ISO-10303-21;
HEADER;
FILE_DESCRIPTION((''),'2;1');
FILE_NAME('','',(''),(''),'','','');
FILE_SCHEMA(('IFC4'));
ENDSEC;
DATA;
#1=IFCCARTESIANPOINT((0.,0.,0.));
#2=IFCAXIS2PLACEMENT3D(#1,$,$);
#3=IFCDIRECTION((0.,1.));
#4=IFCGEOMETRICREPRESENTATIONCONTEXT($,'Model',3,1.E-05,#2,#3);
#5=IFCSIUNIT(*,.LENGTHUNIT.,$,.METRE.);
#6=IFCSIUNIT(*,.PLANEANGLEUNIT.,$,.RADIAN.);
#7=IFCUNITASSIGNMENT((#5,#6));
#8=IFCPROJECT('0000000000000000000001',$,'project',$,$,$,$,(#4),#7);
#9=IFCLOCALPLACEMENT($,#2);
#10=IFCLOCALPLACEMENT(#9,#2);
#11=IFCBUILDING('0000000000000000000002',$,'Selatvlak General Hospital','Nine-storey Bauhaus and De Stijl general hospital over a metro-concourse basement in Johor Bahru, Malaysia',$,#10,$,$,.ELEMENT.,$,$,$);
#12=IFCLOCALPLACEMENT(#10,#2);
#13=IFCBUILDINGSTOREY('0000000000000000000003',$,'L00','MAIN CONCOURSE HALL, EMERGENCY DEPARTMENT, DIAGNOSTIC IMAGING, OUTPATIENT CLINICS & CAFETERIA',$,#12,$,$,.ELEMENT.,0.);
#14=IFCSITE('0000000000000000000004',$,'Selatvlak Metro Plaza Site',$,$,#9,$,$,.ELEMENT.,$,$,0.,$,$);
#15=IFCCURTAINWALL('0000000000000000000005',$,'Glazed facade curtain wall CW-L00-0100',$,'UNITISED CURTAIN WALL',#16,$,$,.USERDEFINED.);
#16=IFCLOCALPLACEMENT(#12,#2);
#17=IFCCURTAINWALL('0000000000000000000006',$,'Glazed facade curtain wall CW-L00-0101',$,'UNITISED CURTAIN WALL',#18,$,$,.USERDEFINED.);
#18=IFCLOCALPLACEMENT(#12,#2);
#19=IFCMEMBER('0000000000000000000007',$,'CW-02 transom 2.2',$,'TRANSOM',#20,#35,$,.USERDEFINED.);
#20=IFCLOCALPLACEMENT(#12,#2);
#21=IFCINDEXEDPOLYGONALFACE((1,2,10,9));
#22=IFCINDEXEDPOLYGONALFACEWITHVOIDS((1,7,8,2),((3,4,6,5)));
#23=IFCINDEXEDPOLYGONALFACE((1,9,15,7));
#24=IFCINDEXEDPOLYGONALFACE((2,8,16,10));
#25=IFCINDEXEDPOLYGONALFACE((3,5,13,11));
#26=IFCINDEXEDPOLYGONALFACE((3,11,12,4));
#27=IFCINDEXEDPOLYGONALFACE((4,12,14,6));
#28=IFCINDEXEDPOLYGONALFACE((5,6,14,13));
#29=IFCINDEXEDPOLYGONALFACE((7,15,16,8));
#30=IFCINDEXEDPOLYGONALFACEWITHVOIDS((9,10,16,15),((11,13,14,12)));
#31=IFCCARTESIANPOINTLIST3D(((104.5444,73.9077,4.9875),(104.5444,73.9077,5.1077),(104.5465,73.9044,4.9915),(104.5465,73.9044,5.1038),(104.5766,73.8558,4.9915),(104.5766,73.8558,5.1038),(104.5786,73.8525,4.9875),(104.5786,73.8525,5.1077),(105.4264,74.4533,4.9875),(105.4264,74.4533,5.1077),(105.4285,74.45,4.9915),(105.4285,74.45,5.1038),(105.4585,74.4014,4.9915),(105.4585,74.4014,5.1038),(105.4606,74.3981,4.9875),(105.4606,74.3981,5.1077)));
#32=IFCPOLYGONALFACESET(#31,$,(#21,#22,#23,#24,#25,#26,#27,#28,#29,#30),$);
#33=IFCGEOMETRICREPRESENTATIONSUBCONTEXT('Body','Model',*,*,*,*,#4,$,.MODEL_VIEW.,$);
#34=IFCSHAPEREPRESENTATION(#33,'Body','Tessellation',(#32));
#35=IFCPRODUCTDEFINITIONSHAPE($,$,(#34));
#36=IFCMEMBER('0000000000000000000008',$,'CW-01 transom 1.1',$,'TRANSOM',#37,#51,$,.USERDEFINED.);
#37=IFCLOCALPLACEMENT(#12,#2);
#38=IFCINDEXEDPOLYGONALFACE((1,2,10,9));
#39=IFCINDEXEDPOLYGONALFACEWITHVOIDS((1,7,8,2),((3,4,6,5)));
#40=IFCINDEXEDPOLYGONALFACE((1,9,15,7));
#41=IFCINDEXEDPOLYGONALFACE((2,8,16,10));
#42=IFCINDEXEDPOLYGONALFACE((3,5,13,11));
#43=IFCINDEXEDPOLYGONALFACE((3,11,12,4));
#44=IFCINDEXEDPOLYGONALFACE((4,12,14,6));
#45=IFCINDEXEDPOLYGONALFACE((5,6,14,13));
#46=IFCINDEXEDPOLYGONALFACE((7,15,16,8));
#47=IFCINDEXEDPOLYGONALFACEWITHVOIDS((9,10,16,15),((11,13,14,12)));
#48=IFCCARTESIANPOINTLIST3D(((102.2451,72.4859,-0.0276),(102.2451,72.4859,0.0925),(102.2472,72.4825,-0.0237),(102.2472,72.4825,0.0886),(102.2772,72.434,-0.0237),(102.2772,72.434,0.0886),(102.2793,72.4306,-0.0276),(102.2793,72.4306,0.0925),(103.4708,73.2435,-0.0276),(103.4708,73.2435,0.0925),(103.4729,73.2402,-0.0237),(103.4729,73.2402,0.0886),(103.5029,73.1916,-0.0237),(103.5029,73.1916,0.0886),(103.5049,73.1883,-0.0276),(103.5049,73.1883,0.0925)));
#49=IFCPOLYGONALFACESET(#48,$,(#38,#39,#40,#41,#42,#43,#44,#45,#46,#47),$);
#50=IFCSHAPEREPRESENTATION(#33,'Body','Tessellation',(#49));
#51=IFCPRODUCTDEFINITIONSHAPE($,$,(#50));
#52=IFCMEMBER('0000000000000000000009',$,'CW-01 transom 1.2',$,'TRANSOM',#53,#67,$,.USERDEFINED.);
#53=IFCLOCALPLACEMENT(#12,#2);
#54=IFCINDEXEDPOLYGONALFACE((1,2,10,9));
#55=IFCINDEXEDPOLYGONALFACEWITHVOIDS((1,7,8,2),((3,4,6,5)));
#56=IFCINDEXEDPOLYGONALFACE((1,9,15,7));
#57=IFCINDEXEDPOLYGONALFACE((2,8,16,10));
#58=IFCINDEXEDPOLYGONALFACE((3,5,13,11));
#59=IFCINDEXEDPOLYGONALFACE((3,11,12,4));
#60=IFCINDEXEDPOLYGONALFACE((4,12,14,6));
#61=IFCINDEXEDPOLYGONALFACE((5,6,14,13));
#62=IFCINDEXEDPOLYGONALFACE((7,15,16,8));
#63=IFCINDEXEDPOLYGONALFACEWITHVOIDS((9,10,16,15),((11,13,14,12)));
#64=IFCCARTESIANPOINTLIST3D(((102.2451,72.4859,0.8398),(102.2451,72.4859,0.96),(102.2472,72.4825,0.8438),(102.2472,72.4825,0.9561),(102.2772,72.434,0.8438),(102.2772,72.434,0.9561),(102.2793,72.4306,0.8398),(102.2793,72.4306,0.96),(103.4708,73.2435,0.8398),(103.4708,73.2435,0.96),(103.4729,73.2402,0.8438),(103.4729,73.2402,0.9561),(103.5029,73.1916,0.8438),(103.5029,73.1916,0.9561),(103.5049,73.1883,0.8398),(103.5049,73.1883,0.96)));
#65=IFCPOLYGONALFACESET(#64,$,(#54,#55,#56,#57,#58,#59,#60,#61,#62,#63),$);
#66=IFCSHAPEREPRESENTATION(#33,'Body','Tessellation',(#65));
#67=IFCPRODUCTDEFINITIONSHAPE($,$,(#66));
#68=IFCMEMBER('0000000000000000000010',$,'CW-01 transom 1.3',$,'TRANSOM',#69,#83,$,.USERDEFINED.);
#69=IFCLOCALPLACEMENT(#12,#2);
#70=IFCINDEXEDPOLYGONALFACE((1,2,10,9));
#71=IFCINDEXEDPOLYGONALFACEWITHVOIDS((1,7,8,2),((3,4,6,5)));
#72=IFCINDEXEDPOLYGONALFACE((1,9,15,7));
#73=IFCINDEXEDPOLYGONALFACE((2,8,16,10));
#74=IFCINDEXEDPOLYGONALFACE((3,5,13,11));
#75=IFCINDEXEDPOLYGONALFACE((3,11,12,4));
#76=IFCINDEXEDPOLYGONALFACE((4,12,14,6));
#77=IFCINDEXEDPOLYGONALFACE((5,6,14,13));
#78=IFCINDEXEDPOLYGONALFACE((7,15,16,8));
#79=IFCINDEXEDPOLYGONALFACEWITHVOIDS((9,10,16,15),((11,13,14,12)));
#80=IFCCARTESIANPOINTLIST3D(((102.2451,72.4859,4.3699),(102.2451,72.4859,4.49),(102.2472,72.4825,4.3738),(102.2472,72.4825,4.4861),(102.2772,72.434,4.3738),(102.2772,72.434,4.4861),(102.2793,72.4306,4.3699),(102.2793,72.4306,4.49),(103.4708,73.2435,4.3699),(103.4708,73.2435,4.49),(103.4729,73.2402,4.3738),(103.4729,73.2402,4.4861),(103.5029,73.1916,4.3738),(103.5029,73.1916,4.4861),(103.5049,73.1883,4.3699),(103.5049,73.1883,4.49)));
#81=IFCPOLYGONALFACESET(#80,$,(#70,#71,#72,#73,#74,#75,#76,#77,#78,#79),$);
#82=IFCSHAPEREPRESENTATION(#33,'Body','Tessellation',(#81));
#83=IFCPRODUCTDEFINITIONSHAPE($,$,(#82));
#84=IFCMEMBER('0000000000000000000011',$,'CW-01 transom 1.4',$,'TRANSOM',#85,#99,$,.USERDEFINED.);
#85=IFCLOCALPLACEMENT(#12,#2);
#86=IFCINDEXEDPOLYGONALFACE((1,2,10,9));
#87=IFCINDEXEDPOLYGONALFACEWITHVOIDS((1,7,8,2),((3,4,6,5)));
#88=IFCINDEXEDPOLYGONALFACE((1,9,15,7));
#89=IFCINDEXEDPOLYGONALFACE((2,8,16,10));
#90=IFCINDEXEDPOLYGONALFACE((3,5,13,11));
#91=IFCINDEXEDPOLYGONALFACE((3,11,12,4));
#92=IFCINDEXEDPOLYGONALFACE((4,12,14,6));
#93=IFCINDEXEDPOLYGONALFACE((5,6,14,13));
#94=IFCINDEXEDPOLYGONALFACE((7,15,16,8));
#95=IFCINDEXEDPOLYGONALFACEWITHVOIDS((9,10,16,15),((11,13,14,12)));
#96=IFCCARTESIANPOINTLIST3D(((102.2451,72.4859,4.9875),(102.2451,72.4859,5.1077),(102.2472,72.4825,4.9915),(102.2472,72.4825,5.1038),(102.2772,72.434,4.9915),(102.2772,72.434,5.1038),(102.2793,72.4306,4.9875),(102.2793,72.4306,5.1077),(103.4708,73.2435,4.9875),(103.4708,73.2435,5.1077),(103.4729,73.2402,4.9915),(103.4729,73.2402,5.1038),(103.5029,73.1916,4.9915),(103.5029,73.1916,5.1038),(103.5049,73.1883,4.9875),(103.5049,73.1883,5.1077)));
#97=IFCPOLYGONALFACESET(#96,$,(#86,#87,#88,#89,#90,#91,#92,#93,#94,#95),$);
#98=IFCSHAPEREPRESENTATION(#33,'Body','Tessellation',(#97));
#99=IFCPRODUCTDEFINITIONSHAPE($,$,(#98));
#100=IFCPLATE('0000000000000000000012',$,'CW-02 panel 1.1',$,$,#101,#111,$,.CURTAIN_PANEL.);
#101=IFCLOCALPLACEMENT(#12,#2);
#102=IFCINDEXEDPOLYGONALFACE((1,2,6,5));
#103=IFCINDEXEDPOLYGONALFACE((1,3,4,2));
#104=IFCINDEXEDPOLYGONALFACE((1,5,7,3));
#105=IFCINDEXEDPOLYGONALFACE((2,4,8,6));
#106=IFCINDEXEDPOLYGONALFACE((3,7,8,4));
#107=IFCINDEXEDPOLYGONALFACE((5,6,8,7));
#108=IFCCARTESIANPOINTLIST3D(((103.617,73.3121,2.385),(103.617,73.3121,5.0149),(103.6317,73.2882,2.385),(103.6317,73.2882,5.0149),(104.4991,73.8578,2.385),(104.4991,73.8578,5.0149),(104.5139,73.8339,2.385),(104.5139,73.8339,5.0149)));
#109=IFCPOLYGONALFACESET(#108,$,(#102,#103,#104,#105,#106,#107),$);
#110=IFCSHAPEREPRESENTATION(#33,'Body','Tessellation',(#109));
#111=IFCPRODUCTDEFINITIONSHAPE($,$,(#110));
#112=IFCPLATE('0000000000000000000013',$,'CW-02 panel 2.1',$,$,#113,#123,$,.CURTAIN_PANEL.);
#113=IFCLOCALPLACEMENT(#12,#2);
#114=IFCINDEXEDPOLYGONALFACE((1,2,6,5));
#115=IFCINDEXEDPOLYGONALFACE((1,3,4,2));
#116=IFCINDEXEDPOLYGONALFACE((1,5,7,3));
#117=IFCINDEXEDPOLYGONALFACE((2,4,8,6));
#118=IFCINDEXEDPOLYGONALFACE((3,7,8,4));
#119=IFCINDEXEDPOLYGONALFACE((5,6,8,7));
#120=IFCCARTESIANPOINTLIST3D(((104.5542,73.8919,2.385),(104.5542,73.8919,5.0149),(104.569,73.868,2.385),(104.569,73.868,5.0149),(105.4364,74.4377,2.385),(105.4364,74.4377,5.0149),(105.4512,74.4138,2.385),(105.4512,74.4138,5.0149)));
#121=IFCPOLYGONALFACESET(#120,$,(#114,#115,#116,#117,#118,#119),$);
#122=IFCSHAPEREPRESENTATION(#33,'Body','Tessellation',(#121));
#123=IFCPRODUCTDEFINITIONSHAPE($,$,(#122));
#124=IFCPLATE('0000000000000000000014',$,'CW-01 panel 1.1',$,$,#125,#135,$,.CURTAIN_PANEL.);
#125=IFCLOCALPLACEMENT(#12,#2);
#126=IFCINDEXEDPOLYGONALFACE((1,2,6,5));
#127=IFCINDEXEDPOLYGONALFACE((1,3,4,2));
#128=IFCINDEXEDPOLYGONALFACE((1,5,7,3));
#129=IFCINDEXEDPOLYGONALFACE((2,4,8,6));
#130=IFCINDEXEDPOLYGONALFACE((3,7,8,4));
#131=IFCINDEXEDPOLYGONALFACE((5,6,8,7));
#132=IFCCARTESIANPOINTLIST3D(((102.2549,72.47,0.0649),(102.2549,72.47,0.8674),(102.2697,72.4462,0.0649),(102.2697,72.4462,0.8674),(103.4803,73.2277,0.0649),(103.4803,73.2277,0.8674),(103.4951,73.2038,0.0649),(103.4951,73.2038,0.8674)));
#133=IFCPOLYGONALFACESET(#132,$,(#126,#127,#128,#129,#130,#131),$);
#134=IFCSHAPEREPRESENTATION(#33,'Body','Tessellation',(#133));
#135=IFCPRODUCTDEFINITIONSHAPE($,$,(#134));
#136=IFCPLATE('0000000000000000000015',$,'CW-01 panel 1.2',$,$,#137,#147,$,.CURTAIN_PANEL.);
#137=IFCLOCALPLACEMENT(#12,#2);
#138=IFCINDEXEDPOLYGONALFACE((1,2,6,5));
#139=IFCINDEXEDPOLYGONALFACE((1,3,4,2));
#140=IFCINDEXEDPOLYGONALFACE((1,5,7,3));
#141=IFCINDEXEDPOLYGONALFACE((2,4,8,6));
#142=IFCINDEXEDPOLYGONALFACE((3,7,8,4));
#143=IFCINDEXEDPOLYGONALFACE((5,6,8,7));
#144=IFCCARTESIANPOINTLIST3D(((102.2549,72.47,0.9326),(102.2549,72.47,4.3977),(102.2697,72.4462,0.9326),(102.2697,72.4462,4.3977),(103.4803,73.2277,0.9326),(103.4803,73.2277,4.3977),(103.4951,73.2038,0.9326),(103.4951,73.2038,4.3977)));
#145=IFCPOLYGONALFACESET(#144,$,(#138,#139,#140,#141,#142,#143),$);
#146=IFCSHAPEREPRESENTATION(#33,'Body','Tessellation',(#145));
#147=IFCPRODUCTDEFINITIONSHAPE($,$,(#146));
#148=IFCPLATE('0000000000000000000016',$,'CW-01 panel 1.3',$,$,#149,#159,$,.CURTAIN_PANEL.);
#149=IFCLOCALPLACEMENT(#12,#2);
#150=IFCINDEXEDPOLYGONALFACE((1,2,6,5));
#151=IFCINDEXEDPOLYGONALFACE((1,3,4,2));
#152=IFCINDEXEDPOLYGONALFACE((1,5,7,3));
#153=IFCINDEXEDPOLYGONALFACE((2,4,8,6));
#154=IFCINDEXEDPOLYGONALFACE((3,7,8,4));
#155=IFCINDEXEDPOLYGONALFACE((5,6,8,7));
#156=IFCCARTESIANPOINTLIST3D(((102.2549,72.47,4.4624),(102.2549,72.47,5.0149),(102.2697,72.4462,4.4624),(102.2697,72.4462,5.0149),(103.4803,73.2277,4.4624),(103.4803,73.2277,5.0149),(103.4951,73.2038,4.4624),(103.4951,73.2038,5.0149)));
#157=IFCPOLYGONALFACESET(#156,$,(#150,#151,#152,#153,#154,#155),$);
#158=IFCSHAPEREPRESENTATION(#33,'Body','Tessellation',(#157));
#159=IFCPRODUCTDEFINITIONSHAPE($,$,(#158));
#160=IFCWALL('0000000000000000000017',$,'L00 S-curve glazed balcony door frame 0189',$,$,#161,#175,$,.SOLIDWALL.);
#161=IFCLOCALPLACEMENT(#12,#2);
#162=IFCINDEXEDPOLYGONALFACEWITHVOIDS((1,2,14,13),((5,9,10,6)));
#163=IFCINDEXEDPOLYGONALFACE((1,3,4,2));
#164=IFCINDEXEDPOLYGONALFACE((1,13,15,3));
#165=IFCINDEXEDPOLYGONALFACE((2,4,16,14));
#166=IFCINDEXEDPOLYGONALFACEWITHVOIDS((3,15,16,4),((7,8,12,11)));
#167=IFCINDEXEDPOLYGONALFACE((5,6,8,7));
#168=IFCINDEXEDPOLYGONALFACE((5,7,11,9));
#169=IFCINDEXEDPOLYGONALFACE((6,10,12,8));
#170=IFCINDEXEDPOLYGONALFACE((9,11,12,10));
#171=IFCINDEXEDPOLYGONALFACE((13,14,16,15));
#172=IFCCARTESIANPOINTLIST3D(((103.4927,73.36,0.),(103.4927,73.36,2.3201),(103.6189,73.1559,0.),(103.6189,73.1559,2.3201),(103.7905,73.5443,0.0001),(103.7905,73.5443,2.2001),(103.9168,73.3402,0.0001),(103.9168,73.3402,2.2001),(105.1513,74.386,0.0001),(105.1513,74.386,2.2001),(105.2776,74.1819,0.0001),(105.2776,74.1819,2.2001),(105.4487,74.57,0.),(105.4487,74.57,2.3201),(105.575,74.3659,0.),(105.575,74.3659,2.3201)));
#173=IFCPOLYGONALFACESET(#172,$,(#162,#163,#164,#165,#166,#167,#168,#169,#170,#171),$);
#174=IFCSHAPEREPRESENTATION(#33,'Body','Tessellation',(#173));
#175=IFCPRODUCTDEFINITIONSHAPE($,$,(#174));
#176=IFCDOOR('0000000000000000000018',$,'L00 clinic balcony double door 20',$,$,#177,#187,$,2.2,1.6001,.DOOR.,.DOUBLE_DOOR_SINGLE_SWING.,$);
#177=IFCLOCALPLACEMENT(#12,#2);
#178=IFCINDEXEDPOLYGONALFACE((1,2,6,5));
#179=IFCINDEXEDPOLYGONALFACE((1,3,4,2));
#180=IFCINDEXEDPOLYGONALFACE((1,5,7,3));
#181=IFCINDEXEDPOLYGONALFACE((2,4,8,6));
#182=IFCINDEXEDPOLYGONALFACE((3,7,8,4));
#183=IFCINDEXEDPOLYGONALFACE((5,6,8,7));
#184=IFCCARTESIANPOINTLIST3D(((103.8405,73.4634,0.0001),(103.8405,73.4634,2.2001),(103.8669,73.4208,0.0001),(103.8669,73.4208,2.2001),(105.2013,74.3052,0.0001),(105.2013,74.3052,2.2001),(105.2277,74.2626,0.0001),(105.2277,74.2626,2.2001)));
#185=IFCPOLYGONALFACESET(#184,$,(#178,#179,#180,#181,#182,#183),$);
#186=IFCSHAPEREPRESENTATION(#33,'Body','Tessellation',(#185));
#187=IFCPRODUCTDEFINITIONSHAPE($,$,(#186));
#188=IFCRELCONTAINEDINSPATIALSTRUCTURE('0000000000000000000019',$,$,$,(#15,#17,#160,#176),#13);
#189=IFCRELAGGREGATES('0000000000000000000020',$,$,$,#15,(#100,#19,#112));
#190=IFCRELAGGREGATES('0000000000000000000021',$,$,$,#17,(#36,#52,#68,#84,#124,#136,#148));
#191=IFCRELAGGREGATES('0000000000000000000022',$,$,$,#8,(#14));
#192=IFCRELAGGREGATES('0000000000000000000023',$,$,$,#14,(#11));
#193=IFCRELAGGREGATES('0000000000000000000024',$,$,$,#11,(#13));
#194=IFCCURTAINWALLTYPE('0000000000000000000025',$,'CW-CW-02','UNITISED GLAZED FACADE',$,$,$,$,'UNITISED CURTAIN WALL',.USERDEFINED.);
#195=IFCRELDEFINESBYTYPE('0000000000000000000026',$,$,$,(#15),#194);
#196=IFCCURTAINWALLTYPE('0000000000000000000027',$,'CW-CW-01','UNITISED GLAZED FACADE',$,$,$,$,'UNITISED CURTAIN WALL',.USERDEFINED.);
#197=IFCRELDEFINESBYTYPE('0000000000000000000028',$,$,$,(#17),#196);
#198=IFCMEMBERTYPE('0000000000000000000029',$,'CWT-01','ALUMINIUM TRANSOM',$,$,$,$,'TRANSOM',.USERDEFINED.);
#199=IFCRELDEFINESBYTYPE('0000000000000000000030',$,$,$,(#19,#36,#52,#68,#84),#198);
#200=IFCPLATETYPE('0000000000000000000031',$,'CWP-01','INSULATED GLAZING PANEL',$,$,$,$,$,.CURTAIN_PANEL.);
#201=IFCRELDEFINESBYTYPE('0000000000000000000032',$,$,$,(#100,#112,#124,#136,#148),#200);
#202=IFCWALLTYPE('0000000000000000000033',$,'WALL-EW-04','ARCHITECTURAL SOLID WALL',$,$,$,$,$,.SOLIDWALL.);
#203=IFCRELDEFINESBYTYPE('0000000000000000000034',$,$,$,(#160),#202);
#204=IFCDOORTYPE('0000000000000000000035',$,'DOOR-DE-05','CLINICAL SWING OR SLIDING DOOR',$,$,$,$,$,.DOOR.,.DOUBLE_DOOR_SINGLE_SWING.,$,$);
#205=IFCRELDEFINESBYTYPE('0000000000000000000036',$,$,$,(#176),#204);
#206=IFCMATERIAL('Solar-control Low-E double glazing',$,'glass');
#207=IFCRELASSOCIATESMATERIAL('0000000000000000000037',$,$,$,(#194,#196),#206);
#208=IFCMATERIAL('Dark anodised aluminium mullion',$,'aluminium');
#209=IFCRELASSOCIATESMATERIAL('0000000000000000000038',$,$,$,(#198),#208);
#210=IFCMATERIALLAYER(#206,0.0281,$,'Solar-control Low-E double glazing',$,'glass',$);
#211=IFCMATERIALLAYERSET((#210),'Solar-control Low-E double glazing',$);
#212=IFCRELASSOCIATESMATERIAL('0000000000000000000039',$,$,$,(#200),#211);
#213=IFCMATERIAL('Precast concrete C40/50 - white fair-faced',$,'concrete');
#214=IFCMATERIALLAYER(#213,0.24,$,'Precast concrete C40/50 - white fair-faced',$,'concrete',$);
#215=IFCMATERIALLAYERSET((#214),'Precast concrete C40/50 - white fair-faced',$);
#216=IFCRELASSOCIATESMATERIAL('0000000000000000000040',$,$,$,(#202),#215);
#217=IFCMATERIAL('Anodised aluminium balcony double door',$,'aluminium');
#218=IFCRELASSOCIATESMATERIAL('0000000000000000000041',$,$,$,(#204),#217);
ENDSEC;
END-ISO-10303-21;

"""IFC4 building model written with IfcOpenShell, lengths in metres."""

from ifc_helpers import new_model, si_unit, direction, frame, frame_2d, origin, origin_2d, place, context, subcontext, project, spatial, rectangle, hollow_rectangle, extrude, material, layer, layer_set, material_profile, profile_set, type_object, element, fill, aggregate, save


model = new_model("IFC4")

# Units and contexts
model_context = context("Model", 3, precision=1e-05, world=origin(), true_north=direction((0.0, 1.0)))
body_context = subcontext(model_context, "Body", "Model", "MODEL_VIEW")
ifc_project = project(units=[si_unit("LENGTHUNIT", "METRE"), si_unit("PLANEANGLEUNIT", "RADIAN")], contexts=[model_context])

# Site, building, storey
site_placement = place(None, origin())
site = spatial("IfcSite", under=ifc_project, at=site_placement, Name="Selatvlak Metro Plaza Site", CompositionType="ELEMENT", RefElevation=0.0)
building_placement = place(site_placement, origin())
building = spatial("IfcBuilding", under=site, at=building_placement, Name="Selatvlak General Hospital", Description="Nine-storey Bauhaus and De Stijl general hospital over a metro-concourse basement in Johor Bahru, Malaysia", CompositionType="ELEMENT")
storey_placement = place(building_placement, origin())
storey = spatial("IfcBuildingStorey", under=building, at=storey_placement, Name="L00", Description="MAIN CONCOURSE HALL, EMERGENCY DEPARTMENT, DIAGNOSTIC IMAGING, OUTPATIENT CLINICS & CAFETERIA", CompositionType="ELEMENT", Elevation=0.0)

# Curtain wall
ifc_material_1 = material(Name="Solar-control Low-E double glazing", Category="glass")
curtain_wall_type_1 = type_object("IfcCurtainWallType", Name="CW-CW-02", Description="UNITISED GLAZED FACADE", ElementType="UNITISED CURTAIN WALL", PredefinedType="USERDEFINED", material=ifc_material_1)
curtain_wall_1_placement = place(storey_placement, origin())
curtain_wall_1 = element("IfcCurtainWall", 1, at=curtain_wall_1_placement, inside=storey, type_object=curtain_wall_type_1, Name="Glazed facade curtain wall CW-L00-0100", ObjectType="UNITISED CURTAIN WALL", PredefinedType="USERDEFINED")
ifc_material_2 = material(Name="Dark anodised aluminium mullion", Category="aluminium")

# Curtain wall
curtain_wall_type_2 = type_object("IfcCurtainWallType", Name="CW-CW-01", Description="UNITISED GLAZED FACADE", ElementType="UNITISED CURTAIN WALL", PredefinedType="USERDEFINED", material=ifc_material_1)
curtain_wall_2_placement = place(storey_placement, origin())
curtain_wall_2 = element("IfcCurtainWall", 2, at=curtain_wall_2_placement, inside=storey, type_object=curtain_wall_type_2, Name="Glazed facade curtain wall CW-L00-0101", ObjectType="UNITISED CURTAIN WALL", PredefinedType="USERDEFINED")

# Members
ifc_material_profile_1 = material_profile(ifc_material_2, hollow_rectangle(XDim=0.0649, YDim=0.1201, WallThickness=0.0039, at=origin_2d()), Name="AL-TRN 65x120x4")
ifc_profile_set_1 = profile_set([ifc_material_profile_1], Name="Dark anodised aluminium mullion")
member_type_1 = type_object("IfcMemberType", Name="CWT-01", Description="ALUMINIUM TRANSOM", ElementType="TRANSOM", PredefinedType="USERDEFINED", material=ifc_profile_set_1)
member_1_placement = place(storey_placement, frame((104.5615, 73.8801, 5.0476), z_axis=(0.850436, 0.526079, 0.0), x_axis=(-0.526079, 0.850436, 0.0)))
member_1 = element("IfcMember", 3, at=member_1_placement, type_object=member_type_1, Name="CW-02 transom 2.2", ObjectType="TRANSOM", PredefinedType="USERDEFINED", context=body_context, shape_type="SweptSolid", body=[
    extrude(hollow_rectangle(XDim=0.0649, YDim=0.1201, WallThickness=0.0039, at=origin_2d()), origin(), (0.0, 0.0, 1.0), 1.0371),
])
member_2_placement = place(storey_placement, frame((102.2622, 72.4583, 0.0325), z_axis=(0.850615, 0.525789, 0.0), x_axis=(-0.525789, 0.850615, 0.0)))
member_2 = element("IfcMember", 4, at=member_2_placement, type_object=member_type_1, Name="CW-01 transom 1.1", ObjectType="TRANSOM", PredefinedType="USERDEFINED", context=body_context, shape_type="SweptSolid", body=[
    extrude(hollow_rectangle(XDim=0.0649, YDim=0.1201, WallThickness=0.0039, at=origin_2d()), origin(), (0.0, 0.0, 1.0), 1.4409),
])
member_3_placement = place(storey_placement, frame((102.2622, 72.4583, 0.8999), z_axis=(0.850615, 0.525789, 0.0), x_axis=(-0.525789, 0.850615, 0.0)))
member_3 = element("IfcMember", 5, at=member_3_placement, type_object=member_type_1, Name="CW-01 transom 1.2", ObjectType="TRANSOM", PredefinedType="USERDEFINED", context=body_context, shape_type="SweptSolid", body=[
    extrude(hollow_rectangle(XDim=0.0649, YDim=0.1201, WallThickness=0.0039, at=origin_2d()), origin(), (0.0, 0.0, 1.0), 1.4409),
])
member_4_placement = place(storey_placement, frame((102.2622, 72.4583, 4.4299), z_axis=(0.850615, 0.525789, 0.0), x_axis=(-0.525789, 0.850615, 0.0)))
member_4 = element("IfcMember", 6, at=member_4_placement, type_object=member_type_1, Name="CW-01 transom 1.3", ObjectType="TRANSOM", PredefinedType="USERDEFINED", context=body_context, shape_type="SweptSolid", body=[
    extrude(hollow_rectangle(XDim=0.0649, YDim=0.1201, WallThickness=0.0039, at=origin_2d()), origin(), (0.0, 0.0, 1.0), 1.4409),
])
member_5_placement = place(storey_placement, frame((102.2622, 72.4583, 5.0476), z_axis=(0.850615, 0.525789, 0.0), x_axis=(-0.525789, 0.850615, 0.0)))
member_5 = element("IfcMember", 7, at=member_5_placement, type_object=member_type_1, Name="CW-01 transom 1.4", ObjectType="TRANSOM", PredefinedType="USERDEFINED", context=body_context, shape_type="SweptSolid", body=[
    extrude(hollow_rectangle(XDim=0.0649, YDim=0.1201, WallThickness=0.0039, at=origin_2d()), origin(), (0.0, 0.0, 1.0), 1.4409),
])

# Plates
ifc_layer_1 = layer(ifc_material_1, 0.0281, Name="Solar-control Low-E double glazing", Category="glass")
ifc_layer_set_1 = layer_set([ifc_layer_1], Name="Solar-control Low-E double glazing")
plate_type = type_object("IfcPlateType", Name="CWP-01", Description="INSULATED GLAZING PANEL", PredefinedType="CURTAIN_PANEL", material=ifc_layer_set_1)
plate_1_placement = place(storey_placement, frame((104.0654, 73.573, 2.385), z_axis=(0.0, 0.0, 1.0), x_axis=(0.850415, 0.526112, 0.0)))
plate_1 = element("IfcPlate", 8, at=plate_1_placement, type_object=plate_type, Name="CW-02 panel 1.1", PredefinedType="CURTAIN_PANEL", context=body_context, shape_type="SweptSolid", body=[
    extrude(rectangle(XDim=1.0374, YDim=0.0281, at=origin_2d()), origin(), (0.0, 0.0, 1.0), 2.6299),
])
plate_2_placement = place(storey_placement, frame((105.0027, 74.1528, 2.385), z_axis=(0.0, 0.0, 1.0), x_axis=(0.850415, 0.526112, 0.0)))
plate_2 = element("IfcPlate", 9, at=plate_2_placement, type_object=plate_type, Name="CW-02 panel 2.1", PredefinedType="CURTAIN_PANEL", context=body_context, shape_type="SweptSolid", body=[
    extrude(rectangle(XDim=1.0374, YDim=0.0281, at=origin_2d()), origin(), (0.0, 0.0, 1.0), 2.6299),
])
aggregate(curtain_wall_1, [plate_1, member_1, plate_2])
plate_3_placement = place(storey_placement, frame((102.875, 72.8369, 0.0649), z_axis=(0.0, 0.0, 1.0), x_axis=(0.850564, 0.525872, 0.0)))
plate_3 = element("IfcPlate", 10, at=plate_3_placement, type_object=plate_type, Name="CW-01 panel 1.1", PredefinedType="CURTAIN_PANEL", context=body_context, shape_type="SweptSolid", body=[
    extrude(rectangle(XDim=1.4407, YDim=0.0281, at=origin_2d()), origin(), (0.0, 0.0, 1.0), 0.8025),
])
plate_4_placement = place(storey_placement, frame((102.875, 72.8369, 0.9326), z_axis=(0.0, 0.0, 1.0), x_axis=(0.850564, 0.525872, 0.0)))
plate_4 = element("IfcPlate", 11, at=plate_4_placement, type_object=plate_type, Name="CW-01 panel 1.2", PredefinedType="CURTAIN_PANEL", context=body_context, shape_type="SweptSolid", body=[
    extrude(rectangle(XDim=1.4407, YDim=0.0281, at=origin_2d()), origin(), (0.0, 0.0, 1.0), 3.4651),
])
plate_5_placement = place(storey_placement, frame((102.875, 72.8369, 4.4624), z_axis=(0.0, 0.0, 1.0), x_axis=(0.850564, 0.525872, 0.0)))
plate_5 = element("IfcPlate", 12, at=plate_5_placement, type_object=plate_type, Name="CW-01 panel 1.3", PredefinedType="CURTAIN_PANEL", context=body_context, shape_type="SweptSolid", body=[
    extrude(rectangle(XDim=1.4407, YDim=0.0281, at=origin_2d()), origin(), (0.0, 0.0, 1.0), 0.5525),
])
aggregate(curtain_wall_2, [member_2, member_3, member_4, member_5, plate_3, plate_4, plate_5])

# Wall, opening, door
ifc_material_3 = material(Name="Precast concrete C40/50 - white fair-faced", Category="concrete")
ifc_layer_2 = layer(ifc_material_3, 0.24, Name="Precast concrete C40/50 - white fair-faced", Category="concrete")
ifc_layer_set_2 = layer_set([ifc_layer_2], Name="Precast concrete C40/50 - white fair-faced")
wall_type = type_object("IfcWallType", Name="WALL-EW-04", Description="ARCHITECTURAL SOLID WALL", PredefinedType="SOLIDWALL", material=ifc_layer_set_2)
wall_placement = place(storey_placement, frame((103.5559, 73.2581, 0.0), z_axis=(0.0, 0.0, 1.0), x_axis=(0.850446, 0.526062, 0.0)))
wall = element("IfcWall", 13, at=wall_placement, inside=storey, type_object=wall_type, Name="L00 S-curve glazed balcony door frame 0189", PredefinedType="SOLIDWALL", context=body_context, shape_type="SweptSolid", body=[
    extrude(rectangle(XDim=2.3, YDim=0.24, at=frame_2d((1.1499, 0.0))), origin(), (0.0, 0.0, 1.0), 2.3201),
])
opening_placement = place(wall_placement, frame((0.3501, 0.0, 0.0)))
opening = element("IfcOpeningElement", 14, at=opening_placement, cuts=wall, PredefinedType="OPENING", context=body_context, shape_type="SweptSolid", body=[
    extrude(rectangle(XDim=1.6001, YDim=2.2, at=frame_2d((0.8, 1.1001))), frame((0.0, 0.1299, 0.0), z_axis=(0.0, -1.0, 0.0), x_axis=(1.0, 0.0, 0.0)), (0.0, 0.0, 1.0), 0.26),
])
ifc_material_4 = material(Name="Anodised aluminium balcony double door", Category="aluminium")
door_type = type_object("IfcDoorType", Name="DOOR-DE-05", Description="CLINICAL SWING OR SLIDING DOOR", OperationType="DOUBLE_DOOR_SINGLE_SWING", PredefinedType="DOOR", material=ifc_material_4)
door_placement = place(opening_placement, origin())
door = element("IfcDoor", 15, at=door_placement, inside=storey, type_object=door_type, Name="L00 clinic balcony double door 20", OperationType="DOUBLE_DOOR_SINGLE_SWING", OverallHeight=2.2, OverallWidth=1.6001, PredefinedType="DOOR", context=body_context, shape_type="SweptSolid", body=[
    extrude(rectangle(XDim=1.6001, YDim=2.2, at=frame_2d((0.8, 1.1001))), frame((0.0, 0.0249, 0.0), z_axis=(0.0, -1.0, 0.0), x_axis=(1.0, 0.0, 0.0)), (0.0, 0.0, 1.0), 0.05),
])
fill(opening, door)

save(model, "model.ifc")
